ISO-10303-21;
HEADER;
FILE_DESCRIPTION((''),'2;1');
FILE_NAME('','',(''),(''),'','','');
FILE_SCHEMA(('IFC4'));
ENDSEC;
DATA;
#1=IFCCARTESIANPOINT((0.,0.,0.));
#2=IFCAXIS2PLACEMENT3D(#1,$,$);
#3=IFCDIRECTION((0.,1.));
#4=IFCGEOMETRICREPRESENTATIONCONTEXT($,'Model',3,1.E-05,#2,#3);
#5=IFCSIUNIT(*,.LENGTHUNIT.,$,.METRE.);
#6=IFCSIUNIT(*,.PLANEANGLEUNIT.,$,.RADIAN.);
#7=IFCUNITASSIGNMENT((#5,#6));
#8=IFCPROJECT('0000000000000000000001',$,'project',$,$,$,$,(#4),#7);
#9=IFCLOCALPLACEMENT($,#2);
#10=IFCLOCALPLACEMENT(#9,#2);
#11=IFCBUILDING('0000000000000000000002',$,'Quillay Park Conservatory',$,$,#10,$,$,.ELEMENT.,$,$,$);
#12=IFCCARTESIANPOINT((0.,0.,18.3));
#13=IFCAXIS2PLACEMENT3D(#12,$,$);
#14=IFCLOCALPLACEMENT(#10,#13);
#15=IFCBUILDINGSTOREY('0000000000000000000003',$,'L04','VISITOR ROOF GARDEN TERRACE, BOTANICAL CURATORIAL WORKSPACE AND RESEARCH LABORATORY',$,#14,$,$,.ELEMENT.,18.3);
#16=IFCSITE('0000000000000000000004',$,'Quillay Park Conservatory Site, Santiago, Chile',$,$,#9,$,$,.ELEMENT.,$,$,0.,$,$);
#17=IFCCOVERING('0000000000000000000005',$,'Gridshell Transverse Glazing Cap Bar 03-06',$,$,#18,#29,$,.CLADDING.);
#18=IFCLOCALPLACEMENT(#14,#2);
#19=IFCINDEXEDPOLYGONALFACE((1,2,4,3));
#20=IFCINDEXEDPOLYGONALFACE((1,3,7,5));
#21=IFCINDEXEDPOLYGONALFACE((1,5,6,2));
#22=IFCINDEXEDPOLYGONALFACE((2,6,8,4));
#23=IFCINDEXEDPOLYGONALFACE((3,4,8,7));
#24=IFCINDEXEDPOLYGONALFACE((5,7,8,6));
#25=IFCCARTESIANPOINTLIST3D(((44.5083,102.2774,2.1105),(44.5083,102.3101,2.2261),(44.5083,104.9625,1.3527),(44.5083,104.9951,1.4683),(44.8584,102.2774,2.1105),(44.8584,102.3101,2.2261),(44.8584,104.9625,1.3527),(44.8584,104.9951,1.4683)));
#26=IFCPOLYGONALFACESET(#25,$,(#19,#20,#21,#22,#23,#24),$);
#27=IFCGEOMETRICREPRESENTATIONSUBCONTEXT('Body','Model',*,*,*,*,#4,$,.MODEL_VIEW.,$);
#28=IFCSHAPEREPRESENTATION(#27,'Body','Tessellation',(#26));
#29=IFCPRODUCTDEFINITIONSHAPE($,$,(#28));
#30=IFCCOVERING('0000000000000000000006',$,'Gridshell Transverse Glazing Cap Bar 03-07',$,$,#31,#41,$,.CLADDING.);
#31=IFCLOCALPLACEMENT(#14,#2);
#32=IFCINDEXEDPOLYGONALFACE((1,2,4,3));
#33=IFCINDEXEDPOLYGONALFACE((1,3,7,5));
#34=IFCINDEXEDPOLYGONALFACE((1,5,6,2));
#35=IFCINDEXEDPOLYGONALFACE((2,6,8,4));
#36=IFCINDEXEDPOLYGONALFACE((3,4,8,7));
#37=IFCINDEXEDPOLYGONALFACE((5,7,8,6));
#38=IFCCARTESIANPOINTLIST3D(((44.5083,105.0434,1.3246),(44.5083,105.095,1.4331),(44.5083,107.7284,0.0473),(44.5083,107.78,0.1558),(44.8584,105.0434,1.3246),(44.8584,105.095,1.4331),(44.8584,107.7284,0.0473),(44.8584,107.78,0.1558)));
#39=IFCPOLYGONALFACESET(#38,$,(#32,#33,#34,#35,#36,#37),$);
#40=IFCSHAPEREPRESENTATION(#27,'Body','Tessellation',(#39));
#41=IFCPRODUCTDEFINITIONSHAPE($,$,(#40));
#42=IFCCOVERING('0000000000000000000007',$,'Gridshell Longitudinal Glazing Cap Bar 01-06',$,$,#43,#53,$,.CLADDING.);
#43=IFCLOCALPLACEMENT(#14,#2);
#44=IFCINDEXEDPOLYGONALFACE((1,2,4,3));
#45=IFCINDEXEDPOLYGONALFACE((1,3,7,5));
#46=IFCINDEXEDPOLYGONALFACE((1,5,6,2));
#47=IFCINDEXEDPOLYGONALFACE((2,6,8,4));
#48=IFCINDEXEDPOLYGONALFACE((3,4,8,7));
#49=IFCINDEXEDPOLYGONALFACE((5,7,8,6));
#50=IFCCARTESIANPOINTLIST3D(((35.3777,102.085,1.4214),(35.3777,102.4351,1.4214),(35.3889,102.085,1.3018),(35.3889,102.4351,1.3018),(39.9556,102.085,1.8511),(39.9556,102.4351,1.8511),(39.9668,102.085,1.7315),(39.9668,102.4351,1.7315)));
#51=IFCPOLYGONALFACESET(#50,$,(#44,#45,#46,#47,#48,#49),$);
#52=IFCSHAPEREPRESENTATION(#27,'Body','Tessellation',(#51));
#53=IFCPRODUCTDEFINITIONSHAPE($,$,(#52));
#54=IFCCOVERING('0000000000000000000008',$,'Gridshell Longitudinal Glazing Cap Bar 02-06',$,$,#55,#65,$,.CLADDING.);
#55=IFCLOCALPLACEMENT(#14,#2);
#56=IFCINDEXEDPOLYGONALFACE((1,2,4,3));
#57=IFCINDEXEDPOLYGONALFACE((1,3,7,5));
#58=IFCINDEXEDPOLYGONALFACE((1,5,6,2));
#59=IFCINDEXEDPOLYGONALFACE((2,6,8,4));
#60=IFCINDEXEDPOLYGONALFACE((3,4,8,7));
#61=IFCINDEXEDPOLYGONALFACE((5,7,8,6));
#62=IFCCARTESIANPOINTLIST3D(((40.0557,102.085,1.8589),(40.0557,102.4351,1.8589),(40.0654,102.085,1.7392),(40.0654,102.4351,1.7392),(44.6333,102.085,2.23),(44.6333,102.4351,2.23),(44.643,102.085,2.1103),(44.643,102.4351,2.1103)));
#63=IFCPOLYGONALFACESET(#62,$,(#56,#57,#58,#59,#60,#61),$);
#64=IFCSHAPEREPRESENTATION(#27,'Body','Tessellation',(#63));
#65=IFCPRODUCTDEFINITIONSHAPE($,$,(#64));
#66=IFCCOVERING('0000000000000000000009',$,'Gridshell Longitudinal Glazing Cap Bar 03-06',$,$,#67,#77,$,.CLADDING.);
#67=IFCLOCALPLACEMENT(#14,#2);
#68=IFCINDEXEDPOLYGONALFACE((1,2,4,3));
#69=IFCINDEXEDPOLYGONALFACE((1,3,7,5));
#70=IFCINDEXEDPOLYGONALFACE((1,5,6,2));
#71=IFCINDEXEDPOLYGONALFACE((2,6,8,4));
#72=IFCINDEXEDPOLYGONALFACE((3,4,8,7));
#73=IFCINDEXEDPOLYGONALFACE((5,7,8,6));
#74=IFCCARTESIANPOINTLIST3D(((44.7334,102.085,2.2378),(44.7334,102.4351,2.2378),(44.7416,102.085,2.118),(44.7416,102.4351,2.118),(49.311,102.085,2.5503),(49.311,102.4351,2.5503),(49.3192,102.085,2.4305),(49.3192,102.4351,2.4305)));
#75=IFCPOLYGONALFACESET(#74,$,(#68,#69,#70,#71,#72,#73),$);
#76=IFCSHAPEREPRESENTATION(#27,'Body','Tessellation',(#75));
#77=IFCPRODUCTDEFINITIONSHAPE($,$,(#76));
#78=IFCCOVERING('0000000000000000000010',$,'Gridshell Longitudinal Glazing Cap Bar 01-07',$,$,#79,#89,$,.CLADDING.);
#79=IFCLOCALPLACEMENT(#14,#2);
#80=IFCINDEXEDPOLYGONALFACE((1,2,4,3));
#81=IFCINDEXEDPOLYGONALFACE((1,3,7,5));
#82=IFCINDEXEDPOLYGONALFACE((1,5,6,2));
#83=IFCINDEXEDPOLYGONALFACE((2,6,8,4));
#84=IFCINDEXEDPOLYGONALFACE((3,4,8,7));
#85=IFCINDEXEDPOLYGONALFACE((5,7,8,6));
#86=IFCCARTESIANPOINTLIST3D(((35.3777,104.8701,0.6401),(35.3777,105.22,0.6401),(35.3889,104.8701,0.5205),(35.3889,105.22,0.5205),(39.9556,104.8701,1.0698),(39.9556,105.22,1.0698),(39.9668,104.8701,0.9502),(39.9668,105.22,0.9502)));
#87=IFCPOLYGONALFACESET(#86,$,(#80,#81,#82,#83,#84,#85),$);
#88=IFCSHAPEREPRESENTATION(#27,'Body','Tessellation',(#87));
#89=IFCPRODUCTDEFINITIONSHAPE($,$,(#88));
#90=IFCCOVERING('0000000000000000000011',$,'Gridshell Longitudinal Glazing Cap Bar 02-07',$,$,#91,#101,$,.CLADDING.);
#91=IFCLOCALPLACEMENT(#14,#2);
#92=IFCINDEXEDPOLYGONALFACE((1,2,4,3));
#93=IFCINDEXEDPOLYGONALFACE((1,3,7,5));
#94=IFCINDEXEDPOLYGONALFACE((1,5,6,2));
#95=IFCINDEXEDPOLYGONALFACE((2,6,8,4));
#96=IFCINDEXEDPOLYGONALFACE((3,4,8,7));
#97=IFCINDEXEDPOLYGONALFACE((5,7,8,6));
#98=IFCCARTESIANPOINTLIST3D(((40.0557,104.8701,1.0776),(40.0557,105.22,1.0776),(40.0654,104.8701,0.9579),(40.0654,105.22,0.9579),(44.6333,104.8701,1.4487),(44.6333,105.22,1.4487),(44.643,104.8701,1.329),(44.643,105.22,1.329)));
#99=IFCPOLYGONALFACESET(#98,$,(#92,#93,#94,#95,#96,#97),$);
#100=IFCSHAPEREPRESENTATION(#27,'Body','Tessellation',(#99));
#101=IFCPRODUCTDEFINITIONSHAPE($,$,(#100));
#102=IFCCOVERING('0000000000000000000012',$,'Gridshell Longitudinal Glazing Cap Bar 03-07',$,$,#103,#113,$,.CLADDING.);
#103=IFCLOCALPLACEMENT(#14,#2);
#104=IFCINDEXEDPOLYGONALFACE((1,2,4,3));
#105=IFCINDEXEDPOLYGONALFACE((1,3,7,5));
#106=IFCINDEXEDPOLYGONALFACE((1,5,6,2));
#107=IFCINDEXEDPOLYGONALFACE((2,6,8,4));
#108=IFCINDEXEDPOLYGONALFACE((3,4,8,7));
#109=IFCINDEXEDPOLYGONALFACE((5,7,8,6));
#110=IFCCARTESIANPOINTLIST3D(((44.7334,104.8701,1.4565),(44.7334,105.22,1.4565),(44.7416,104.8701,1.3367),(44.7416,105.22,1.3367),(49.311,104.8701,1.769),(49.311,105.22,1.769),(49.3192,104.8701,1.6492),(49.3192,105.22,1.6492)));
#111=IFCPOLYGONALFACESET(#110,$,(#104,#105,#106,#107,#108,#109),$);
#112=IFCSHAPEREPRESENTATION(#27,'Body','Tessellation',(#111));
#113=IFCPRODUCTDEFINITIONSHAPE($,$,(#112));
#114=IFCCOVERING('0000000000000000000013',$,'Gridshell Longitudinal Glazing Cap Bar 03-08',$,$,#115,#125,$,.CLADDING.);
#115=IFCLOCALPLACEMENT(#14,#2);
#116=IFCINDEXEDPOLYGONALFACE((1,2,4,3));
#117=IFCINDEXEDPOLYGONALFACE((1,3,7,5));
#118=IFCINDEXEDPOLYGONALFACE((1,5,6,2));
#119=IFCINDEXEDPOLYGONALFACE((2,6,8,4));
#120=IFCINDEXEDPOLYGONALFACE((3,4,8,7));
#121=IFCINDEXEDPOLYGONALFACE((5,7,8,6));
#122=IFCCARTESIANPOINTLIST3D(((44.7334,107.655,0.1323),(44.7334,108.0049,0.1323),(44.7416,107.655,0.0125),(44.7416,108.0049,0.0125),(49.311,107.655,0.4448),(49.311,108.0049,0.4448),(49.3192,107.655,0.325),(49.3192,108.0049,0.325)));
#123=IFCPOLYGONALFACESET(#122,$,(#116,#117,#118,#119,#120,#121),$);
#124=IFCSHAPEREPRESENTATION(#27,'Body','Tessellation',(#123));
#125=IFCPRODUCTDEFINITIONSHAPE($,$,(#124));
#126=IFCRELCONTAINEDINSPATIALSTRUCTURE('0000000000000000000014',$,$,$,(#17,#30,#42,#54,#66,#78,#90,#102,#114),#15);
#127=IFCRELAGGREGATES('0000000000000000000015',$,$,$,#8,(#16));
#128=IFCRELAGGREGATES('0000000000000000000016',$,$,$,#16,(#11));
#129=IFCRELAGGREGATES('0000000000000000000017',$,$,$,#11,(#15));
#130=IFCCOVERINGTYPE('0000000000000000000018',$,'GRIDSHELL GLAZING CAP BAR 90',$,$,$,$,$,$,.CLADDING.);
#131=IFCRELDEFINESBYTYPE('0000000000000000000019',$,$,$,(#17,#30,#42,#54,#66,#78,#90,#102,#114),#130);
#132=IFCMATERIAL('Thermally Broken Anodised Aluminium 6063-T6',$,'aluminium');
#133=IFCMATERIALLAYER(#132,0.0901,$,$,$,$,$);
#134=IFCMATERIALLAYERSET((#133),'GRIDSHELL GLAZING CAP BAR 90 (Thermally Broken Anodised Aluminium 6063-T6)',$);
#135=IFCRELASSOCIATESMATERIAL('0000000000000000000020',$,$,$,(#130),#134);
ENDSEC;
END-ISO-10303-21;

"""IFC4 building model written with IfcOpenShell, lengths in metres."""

from ifc_helpers import new_model, si_unit, direction, frame, origin, place, context, subcontext, project, spatial, polyline, outline, extrude, material, layer, layer_set, type_object, element, save


model = new_model("IFC4")

# Units and contexts
model_context = context("Model", 3, precision=1e-05, world=origin(), true_north=direction((0.0, 1.0)))
body_context = subcontext(model_context, "Body", "Model", "MODEL_VIEW")
ifc_project = project(units=[si_unit("LENGTHUNIT", "METRE"), si_unit("PLANEANGLEUNIT", "RADIAN")], contexts=[model_context])

# Site, building, storey
site_placement = place(None, origin())
site = spatial("IfcSite", under=ifc_project, at=site_placement, Name="Quillay Park Conservatory Site, Santiago, Chile", CompositionType="ELEMENT", RefElevation=0.0)
building_placement = place(site_placement, origin())
building = spatial("IfcBuilding", under=site, at=building_placement, Name="Quillay Park Conservatory", CompositionType="ELEMENT")
storey_placement = place(building_placement, frame((0.0, 0.0, 18.3)))
storey = spatial("IfcBuildingStorey", under=building, at=storey_placement, Name="L04", Description="VISITOR ROOF GARDEN TERRACE, BOTANICAL CURATORIAL WORKSPACE AND RESEARCH LABORATORY", CompositionType="ELEMENT", Elevation=18.3)

# Coverings
ifc_material_1 = material(Name="Thermally Broken Anodised Aluminium 6063-T6", Category="aluminium")
ifc_layer_1 = layer(ifc_material_1, 0.0901)
ifc_layer_set_1 = layer_set([ifc_layer_1], Name="GRIDSHELL GLAZING CAP BAR 90 (Thermally Broken Anodised Aluminium 6063-T6)")
covering_type = type_object("IfcCoveringType", Name="GRIDSHELL GLAZING CAP BAR 90", PredefinedType="CLADDING", material=ifc_layer_set_1)
covering_1_placement = place(storey_placement, frame((44.5083, 102.3101, 2.2261), z_axis=(0.0, 0.271622, 0.962404), x_axis=(1.0, 0.0, 0.0)))
element("IfcCovering", 1, at=covering_1_placement, inside=storey, type_object=covering_type, Name="Gridshell Transverse Glazing Cap Bar 03-06", PredefinedType="CLADDING", context=body_context, shape_type="SweptSolid", body=[
    extrude(outline(polyline([(0.0, 0.0), (0.3501, 0.0), (0.3501, 2.7899), (0.0, 2.7899), (0.0, 0.0)])), origin(), (0.0, 0.0, -1.0), 0.1201),
])
covering_2_placement = place(storey_placement, frame((44.5083, 105.095, 1.4331), z_axis=(0.0, 0.429589, 0.903024), x_axis=(1.0, 0.0, 0.0)))
element("IfcCovering", 2, at=covering_2_placement, inside=storey, type_object=covering_type, Name="Gridshell Transverse Glazing Cap Bar 03-07", PredefinedType="CLADDING", context=body_context, shape_type="SweptSolid", body=[
    extrude(outline(polyline([(0.0, 0.0), (0.3501, 0.0), (0.3501, 2.9734), (0.0, 2.9734), (0.0, 0.0)])), origin(), (0.0, 0.0, -1.0), 0.1201),
])
covering_3_placement = place(storey_placement, frame((35.3777, 102.085, 1.4214), z_axis=(-0.093451, 0.0, 0.995624), x_axis=(0.995624, 0.0, 0.093451)))
element("IfcCovering", 3, at=covering_3_placement, inside=storey, type_object=covering_type, Name="Gridshell Longitudinal Glazing Cap Bar 01-06", PredefinedType="CLADDING", context=body_context, shape_type="SweptSolid", body=[
    extrude(outline(polyline([(0.0, 0.0), (4.598, 0.0), (4.598, 0.3501), (0.0, 0.3501), (0.0, 0.0)])), origin(), (0.0, 0.0, -1.0), 0.1201),
])
covering_4_placement = place(storey_placement, frame((40.0557, 102.085, 1.8589), z_axis=(-0.080802, 0.0, 0.99673), x_axis=(0.99673, 0.0, 0.080802)))
element("IfcCovering", 4, at=covering_4_placement, inside=storey, type_object=covering_type, Name="Gridshell Longitudinal Glazing Cap Bar 02-06", PredefinedType="CLADDING", context=body_context, shape_type="SweptSolid", body=[
    extrude(outline(polyline([(0.0, 0.0), (4.5927, 0.0), (4.5927, 0.3501), (0.0, 0.3501), (0.0, 0.0)])), origin(), (0.0, 0.0, -1.0), 0.1201),
])
covering_5_placement = place(storey_placement, frame((44.7334, 102.085, 2.2378), z_axis=(-0.068108, 0.0, 0.997678), x_axis=(0.997678, 0.0, 0.068108)))
element("IfcCovering", 5, at=covering_5_placement, inside=storey, type_object=covering_type, Name="Gridshell Longitudinal Glazing Cap Bar 03-06", PredefinedType="CLADDING", context=body_context, shape_type="SweptSolid", body=[
    extrude(outline(polyline([(0.0, 0.0), (4.5883, 0.0), (4.5883, 0.3501), (0.0, 0.3501), (0.0, 0.0)])), origin(), (0.0, 0.0, -1.0), 0.1201),
])
covering_6_placement = place(storey_placement, frame((35.3777, 104.8701, 0.6401), z_axis=(-0.093451, 0.0, 0.995624), x_axis=(0.995624, 0.0, 0.093451)))
element("IfcCovering", 6, at=covering_6_placement, inside=storey, type_object=covering_type, Name="Gridshell Longitudinal Glazing Cap Bar 01-07", PredefinedType="CLADDING", context=body_context, shape_type="SweptSolid", body=[
    extrude(outline(polyline([(0.0, 0.0), (4.598, 0.0), (4.598, 0.3499), (0.0, 0.3499), (0.0, 0.0)])), origin(), (0.0, 0.0, -1.0), 0.1201),
])
covering_7_placement = place(storey_placement, frame((40.0557, 104.8701, 1.0776), z_axis=(-0.080802, 0.0, 0.99673), x_axis=(0.99673, 0.0, 0.080802)))
element("IfcCovering", 7, at=covering_7_placement, inside=storey, type_object=covering_type, Name="Gridshell Longitudinal Glazing Cap Bar 02-07", PredefinedType="CLADDING", context=body_context, shape_type="SweptSolid", body=[
    extrude(outline(polyline([(0.0, 0.0), (4.5927, 0.0), (4.5927, 0.3499), (0.0, 0.3499), (0.0, 0.0)])), origin(), (0.0, 0.0, -1.0), 0.1201),
])
for number, where, z_axis, x_axis, name in (
    (8, (44.7334, 104.8701, 1.4565), (-0.068108, 0.0, 0.997678), (0.997678, 0.0, 0.068108), "Gridshell Longitudinal Glazing Cap Bar 03-07"),
    (9, (44.7334, 107.655, 0.1323), (-0.068108, 0.0, 0.997678), (0.997678, 0.0, 0.068108), "Gridshell Longitudinal Glazing Cap Bar 03-08"),
):
    element("IfcCovering", number, at=place(storey_placement, frame(where, z_axis=z_axis, x_axis=x_axis)), inside=storey, type_object=covering_type, Name=name, PredefinedType="CLADDING", context=body_context, shape_type="SweptSolid", body=[
        extrude(outline(polyline([(0.0, 0.0), (4.5883, 0.0), (4.5883, 0.3499), (0.0, 0.3499), (0.0, 0.0)])), origin(), (0.0, 0.0, -1.0), 0.1201),
    ])

save(model, "model.ifc")
